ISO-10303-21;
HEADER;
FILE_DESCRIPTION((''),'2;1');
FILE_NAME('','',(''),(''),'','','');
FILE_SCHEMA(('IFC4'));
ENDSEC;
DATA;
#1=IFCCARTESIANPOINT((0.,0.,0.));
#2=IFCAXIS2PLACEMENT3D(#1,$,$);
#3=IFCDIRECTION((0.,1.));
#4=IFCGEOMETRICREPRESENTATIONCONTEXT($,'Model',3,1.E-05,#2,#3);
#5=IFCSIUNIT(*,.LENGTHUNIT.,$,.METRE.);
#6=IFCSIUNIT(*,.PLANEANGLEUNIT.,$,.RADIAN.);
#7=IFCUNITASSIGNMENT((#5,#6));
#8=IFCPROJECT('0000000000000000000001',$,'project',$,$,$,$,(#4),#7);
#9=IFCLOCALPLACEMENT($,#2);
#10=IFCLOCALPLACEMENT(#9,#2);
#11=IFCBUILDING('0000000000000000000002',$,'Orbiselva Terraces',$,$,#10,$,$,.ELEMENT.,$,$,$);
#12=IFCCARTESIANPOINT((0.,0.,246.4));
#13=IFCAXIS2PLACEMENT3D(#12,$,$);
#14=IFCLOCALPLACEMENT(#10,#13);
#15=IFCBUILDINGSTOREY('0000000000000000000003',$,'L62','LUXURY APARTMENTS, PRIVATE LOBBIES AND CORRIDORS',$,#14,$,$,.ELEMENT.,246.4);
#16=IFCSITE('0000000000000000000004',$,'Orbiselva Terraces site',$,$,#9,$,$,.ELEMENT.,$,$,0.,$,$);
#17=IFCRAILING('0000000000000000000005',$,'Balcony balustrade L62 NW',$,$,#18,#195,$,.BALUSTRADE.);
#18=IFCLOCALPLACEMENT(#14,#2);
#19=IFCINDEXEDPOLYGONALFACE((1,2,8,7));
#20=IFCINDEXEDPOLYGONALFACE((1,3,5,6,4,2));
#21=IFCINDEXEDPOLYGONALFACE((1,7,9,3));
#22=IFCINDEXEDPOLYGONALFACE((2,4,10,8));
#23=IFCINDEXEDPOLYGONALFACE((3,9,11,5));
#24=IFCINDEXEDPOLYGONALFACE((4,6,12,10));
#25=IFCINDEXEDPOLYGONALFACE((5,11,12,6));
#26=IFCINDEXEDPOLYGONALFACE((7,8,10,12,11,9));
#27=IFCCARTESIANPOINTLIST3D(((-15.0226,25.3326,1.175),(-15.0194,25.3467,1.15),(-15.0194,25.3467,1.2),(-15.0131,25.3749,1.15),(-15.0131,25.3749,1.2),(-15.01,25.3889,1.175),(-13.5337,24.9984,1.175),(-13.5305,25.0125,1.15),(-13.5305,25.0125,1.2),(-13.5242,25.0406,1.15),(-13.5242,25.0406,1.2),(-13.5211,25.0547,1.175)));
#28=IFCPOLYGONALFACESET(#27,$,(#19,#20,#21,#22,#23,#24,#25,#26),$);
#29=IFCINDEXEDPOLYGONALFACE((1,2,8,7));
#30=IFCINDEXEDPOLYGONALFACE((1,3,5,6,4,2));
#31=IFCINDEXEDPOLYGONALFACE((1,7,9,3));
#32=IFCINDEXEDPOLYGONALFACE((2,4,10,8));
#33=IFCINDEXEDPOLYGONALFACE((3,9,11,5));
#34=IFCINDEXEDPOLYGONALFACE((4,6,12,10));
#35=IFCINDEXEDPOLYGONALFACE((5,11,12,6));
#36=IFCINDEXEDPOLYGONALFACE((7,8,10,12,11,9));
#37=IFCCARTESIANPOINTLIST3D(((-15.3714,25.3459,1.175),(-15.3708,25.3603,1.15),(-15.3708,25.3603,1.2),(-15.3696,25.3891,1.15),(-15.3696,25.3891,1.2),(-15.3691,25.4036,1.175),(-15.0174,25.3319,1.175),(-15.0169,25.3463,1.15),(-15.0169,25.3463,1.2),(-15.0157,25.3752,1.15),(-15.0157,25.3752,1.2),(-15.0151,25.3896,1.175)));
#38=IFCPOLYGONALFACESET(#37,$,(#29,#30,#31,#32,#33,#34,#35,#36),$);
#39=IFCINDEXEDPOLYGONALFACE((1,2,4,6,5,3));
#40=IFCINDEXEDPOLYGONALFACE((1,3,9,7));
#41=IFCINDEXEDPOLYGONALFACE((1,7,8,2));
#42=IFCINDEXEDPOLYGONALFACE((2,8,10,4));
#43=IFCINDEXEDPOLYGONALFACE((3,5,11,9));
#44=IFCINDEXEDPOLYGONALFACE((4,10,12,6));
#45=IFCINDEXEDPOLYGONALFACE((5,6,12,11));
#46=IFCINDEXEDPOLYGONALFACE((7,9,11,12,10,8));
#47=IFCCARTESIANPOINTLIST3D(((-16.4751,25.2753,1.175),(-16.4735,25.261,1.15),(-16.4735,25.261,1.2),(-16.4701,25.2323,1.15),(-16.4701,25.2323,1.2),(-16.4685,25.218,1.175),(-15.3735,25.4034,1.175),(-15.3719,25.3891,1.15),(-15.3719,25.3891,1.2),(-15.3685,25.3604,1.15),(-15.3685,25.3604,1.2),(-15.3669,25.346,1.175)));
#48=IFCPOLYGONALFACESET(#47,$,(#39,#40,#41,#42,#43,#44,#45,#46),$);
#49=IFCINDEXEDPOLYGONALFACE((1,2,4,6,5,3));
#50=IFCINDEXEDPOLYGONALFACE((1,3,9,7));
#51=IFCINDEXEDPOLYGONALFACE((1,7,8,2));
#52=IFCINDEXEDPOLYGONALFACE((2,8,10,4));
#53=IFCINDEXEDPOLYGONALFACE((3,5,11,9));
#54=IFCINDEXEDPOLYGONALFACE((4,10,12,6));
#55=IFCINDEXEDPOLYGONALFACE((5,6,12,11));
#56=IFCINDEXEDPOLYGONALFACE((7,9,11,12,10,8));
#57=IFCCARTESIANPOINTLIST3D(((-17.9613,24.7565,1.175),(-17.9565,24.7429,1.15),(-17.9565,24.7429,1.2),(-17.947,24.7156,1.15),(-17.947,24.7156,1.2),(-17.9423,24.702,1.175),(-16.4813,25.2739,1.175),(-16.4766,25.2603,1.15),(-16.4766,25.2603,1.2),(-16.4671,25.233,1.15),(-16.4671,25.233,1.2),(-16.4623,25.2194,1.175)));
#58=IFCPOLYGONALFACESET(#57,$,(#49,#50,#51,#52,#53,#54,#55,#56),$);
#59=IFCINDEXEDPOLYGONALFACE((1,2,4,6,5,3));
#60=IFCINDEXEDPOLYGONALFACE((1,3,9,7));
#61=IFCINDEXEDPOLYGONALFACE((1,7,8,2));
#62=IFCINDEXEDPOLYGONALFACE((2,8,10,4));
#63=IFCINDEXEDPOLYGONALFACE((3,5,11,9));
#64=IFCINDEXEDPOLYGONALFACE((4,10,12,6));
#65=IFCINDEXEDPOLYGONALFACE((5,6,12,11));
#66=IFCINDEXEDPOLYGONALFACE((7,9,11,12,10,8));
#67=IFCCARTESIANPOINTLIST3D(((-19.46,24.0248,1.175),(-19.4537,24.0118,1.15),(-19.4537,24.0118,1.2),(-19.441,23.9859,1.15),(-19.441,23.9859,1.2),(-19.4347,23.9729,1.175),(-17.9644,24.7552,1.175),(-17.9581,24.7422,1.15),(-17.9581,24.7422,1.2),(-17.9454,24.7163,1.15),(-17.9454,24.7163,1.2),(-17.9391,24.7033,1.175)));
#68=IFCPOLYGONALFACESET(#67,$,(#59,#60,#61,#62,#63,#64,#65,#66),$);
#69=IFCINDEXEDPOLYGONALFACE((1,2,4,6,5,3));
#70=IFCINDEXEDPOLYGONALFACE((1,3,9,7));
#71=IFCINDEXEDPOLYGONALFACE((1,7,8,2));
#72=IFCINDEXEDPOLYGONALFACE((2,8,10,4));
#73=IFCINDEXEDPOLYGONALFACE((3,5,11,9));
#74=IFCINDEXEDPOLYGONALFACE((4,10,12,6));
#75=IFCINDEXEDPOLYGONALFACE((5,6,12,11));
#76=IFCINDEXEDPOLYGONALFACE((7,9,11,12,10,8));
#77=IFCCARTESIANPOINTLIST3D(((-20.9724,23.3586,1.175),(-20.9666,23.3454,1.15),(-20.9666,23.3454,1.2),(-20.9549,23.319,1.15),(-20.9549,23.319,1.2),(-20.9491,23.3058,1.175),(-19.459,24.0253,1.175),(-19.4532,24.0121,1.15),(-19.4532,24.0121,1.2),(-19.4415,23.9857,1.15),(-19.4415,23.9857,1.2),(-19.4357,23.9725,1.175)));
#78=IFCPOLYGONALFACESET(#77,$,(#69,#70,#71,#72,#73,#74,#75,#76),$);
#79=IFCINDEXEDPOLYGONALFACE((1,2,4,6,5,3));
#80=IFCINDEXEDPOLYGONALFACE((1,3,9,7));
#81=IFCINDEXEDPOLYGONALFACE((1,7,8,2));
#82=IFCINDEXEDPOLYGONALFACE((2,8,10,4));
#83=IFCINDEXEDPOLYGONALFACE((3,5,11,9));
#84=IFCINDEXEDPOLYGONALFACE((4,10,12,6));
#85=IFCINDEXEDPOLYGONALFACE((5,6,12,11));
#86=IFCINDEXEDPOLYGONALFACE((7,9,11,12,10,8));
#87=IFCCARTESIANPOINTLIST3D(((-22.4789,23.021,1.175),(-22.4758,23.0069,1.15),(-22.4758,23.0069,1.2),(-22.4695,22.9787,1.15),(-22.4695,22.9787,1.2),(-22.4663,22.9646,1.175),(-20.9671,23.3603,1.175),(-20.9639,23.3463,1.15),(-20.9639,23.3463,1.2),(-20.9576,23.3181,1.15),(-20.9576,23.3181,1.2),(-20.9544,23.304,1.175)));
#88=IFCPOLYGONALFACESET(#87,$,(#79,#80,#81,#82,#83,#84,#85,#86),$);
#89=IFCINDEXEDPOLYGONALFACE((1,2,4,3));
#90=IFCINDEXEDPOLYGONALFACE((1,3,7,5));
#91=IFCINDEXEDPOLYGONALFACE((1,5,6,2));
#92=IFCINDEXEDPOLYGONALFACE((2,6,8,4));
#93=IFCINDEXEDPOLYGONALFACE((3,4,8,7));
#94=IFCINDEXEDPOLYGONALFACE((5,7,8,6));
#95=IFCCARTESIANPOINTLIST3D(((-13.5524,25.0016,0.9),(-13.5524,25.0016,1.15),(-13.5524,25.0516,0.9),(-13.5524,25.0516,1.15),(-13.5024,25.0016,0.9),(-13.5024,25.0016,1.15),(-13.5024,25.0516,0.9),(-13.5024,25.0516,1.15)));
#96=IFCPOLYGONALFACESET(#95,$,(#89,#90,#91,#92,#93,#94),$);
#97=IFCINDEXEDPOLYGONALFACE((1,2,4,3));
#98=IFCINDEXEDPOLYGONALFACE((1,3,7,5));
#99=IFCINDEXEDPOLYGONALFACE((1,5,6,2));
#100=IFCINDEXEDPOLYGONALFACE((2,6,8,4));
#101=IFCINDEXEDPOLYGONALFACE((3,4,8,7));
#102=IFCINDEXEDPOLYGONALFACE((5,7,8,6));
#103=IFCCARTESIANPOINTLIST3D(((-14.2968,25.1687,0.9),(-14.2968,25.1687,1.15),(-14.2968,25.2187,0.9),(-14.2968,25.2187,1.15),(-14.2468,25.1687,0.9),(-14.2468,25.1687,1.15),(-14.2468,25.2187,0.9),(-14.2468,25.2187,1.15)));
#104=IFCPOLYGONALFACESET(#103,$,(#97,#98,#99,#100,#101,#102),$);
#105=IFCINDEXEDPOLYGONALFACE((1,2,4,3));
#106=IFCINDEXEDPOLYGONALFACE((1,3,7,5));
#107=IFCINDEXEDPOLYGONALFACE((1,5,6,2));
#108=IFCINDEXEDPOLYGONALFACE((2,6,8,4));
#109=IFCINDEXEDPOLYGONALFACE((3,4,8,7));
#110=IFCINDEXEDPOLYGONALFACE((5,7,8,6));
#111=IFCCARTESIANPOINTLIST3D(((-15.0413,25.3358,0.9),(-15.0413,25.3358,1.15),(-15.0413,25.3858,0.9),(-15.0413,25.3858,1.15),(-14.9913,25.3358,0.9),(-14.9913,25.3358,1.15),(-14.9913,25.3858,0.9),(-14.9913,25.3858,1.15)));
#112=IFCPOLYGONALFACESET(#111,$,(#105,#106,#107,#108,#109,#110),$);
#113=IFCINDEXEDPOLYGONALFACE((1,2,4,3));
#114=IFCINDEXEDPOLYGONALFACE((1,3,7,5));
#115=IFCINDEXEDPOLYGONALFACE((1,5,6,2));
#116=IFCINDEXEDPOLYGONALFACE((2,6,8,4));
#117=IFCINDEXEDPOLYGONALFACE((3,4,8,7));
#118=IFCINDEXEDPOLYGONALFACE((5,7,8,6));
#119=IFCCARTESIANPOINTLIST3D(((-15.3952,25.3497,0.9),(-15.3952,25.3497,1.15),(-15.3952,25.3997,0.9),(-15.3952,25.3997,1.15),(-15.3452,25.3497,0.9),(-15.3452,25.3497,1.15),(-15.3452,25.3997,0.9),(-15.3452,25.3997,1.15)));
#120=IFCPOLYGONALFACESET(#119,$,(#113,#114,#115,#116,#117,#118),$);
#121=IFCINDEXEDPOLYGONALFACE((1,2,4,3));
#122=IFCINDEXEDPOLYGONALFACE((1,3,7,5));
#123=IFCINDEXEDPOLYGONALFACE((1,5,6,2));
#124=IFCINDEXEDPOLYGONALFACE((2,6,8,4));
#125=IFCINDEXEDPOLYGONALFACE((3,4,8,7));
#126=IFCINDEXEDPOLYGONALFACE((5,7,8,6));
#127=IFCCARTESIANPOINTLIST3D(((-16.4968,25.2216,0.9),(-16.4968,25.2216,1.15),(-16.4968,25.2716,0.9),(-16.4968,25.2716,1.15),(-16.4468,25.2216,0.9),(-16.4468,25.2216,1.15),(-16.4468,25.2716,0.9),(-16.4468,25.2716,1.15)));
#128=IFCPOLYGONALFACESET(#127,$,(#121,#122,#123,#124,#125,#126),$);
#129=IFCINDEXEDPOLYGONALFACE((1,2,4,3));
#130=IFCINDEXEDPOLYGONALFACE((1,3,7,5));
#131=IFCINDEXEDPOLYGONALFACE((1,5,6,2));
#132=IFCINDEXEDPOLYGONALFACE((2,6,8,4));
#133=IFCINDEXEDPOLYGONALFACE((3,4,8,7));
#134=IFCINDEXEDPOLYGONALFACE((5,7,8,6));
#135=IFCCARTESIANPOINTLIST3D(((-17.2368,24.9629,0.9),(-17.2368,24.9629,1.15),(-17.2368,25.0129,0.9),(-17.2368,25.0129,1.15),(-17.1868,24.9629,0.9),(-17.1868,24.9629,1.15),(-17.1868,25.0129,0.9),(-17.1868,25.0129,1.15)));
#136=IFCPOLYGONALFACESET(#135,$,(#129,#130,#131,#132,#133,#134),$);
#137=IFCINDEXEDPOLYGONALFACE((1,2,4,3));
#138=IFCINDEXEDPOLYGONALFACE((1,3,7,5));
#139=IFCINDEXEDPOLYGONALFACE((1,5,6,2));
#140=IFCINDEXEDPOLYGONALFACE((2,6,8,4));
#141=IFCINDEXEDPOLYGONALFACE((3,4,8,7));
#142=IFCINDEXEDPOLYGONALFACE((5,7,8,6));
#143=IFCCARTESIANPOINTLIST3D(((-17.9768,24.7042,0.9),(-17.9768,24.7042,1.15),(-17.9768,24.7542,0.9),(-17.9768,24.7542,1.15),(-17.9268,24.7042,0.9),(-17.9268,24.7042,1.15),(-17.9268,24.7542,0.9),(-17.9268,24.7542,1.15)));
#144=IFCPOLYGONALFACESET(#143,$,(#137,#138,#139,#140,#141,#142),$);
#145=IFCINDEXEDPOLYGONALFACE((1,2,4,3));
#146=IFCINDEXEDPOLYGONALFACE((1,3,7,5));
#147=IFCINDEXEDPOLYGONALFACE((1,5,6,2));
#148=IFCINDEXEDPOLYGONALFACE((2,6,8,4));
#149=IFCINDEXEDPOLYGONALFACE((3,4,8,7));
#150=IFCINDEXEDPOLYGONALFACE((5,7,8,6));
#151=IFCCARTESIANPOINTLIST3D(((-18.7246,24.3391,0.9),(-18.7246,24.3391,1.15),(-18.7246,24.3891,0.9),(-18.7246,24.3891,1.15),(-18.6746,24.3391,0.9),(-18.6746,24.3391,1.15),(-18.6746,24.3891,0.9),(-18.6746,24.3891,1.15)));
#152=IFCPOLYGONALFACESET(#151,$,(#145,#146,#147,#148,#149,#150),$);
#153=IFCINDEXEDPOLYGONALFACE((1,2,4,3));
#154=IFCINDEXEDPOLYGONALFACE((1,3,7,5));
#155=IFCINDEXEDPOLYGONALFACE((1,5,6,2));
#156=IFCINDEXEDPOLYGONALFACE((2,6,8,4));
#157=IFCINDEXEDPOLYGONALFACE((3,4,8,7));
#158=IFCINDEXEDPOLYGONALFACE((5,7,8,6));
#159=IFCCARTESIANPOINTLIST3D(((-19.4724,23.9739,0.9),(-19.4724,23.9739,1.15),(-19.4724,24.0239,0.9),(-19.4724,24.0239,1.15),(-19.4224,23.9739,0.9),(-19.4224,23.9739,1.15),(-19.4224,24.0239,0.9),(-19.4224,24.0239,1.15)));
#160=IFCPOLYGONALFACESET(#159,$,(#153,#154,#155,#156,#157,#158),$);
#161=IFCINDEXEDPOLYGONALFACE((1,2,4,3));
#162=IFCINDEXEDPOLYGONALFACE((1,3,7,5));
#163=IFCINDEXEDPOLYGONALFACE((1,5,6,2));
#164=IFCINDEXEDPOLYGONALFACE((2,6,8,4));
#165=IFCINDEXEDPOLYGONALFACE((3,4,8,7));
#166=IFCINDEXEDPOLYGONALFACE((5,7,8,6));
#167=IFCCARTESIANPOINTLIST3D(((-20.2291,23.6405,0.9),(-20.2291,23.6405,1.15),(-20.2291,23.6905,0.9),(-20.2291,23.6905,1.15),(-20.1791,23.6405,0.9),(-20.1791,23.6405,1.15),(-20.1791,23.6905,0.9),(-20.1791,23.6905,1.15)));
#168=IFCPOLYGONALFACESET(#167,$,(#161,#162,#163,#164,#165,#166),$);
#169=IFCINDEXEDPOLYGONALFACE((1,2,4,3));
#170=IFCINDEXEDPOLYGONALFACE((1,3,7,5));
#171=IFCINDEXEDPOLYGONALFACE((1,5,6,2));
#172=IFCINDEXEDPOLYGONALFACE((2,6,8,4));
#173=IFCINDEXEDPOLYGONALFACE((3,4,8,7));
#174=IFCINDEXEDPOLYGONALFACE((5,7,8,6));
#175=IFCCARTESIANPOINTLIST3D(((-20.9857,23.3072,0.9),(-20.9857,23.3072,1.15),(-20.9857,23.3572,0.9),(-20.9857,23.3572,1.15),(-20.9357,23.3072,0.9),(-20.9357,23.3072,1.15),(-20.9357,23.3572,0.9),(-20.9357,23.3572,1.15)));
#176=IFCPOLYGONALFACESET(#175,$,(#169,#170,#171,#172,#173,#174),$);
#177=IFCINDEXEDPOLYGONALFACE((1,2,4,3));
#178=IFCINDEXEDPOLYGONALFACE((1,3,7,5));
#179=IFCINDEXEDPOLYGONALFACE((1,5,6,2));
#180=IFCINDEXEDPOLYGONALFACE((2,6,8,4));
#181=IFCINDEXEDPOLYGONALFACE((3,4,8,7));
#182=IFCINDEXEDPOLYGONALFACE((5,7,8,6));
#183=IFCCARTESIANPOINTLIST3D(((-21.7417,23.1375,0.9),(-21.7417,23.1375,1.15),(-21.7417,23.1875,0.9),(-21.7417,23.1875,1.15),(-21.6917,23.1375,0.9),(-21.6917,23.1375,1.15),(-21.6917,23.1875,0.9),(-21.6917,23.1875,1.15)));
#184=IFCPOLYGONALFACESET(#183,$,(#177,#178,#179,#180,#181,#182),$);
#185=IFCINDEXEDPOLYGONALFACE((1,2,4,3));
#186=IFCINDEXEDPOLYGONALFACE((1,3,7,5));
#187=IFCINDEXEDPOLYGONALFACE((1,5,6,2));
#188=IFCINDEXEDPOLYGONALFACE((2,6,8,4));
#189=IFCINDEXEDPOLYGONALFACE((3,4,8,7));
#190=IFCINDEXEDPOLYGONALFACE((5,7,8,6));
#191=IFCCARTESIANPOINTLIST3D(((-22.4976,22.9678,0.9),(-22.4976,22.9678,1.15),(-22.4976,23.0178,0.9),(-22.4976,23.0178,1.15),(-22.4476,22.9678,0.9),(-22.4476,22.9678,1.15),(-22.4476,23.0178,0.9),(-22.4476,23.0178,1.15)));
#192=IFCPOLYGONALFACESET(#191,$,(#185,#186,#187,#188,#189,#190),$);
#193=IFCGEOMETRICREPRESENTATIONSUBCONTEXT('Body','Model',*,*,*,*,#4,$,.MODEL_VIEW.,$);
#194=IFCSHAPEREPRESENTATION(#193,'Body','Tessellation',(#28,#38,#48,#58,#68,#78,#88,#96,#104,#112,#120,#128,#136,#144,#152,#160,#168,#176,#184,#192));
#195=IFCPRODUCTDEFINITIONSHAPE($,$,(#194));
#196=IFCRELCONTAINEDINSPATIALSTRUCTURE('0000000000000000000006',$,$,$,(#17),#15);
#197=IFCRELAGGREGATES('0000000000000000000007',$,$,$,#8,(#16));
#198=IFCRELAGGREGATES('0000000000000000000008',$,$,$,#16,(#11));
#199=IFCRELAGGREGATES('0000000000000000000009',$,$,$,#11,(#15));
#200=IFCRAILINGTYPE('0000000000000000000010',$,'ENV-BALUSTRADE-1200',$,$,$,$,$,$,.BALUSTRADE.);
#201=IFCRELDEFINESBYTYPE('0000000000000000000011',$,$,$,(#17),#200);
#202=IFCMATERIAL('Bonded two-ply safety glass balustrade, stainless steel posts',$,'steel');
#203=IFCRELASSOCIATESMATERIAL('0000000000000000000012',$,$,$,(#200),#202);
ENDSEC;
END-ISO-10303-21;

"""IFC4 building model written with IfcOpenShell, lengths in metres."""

from ifc_helpers import new_model, si_unit, direction, frame, origin, origin_2d, place, context, subcontext, project, spatial, polyline, rectangle, outline, extrude, material, type_object, element, save


model = new_model("IFC4")

# Units and contexts
model_context = context("Model", 3, precision=1e-05, world=origin(), true_north=direction((0.0, 1.0)))
body_context = subcontext(model_context, "Body", "Model", "MODEL_VIEW")
ifc_project = project(units=[si_unit("LENGTHUNIT", "METRE"), si_unit("PLANEANGLEUNIT", "RADIAN")], contexts=[model_context])

# Site, building, storey
site_placement = place(None, origin())
site = spatial("IfcSite", under=ifc_project, at=site_placement, Name="Orbiselva Terraces site", CompositionType="ELEMENT", RefElevation=0.0)
building_placement = place(site_placement, origin())
building = spatial("IfcBuilding", under=site, at=building_placement, Name="Orbiselva Terraces", CompositionType="ELEMENT")
storey_placement = place(building_placement, frame((0.0, 0.0, 246.4)))
storey = spatial("IfcBuildingStorey", under=building, at=storey_placement, Name="L62", Description="LUXURY APARTMENTS, PRIVATE LOBBIES AND CORRIDORS", CompositionType="ELEMENT", Elevation=246.4)

# Railing
ifc_material_1 = material(Name="Bonded two-ply safety glass balustrade, stainless steel posts", Category="steel")
railing_type_1 = type_object("IfcRailingType", Name="ENV-BALUSTRADE-1200", PredefinedType="BALUSTRADE", material=ifc_material_1)
railing_1_placement = place(storey_placement, frame((-13.5274, 25.0266, 0.9)))
element("IfcRailing", 1, at=railing_1_placement, inside=storey, type_object=railing_type_1, Name="Balcony balustrade L62 NW", PredefinedType="BALUSTRADE", context=body_context, shape_type="SweptSolid", body=[
    extrude(outline(polyline([(0.0289, 0.0), (0.0144, 0.025), (-0.0144, 0.025), (-0.0289, 0.0), (-0.0144, -0.025), (0.0144, -0.025), (0.0289, 0.0)])), frame((0.0, 0.0, 0.275), z_axis=(-0.975721, 0.219016, 0.0), x_axis=(-0.219016, -0.975721, 0.0)), (0.0, 0.0, 1.0), 1.526),
    extrude(outline(polyline([(0.0289, 0.0), (0.0144, 0.025), (-0.0144, 0.025), (-0.0289, 0.0), (-0.0144, -0.025), (0.0144, -0.025), (0.0289, 0.0)])), frame((-1.4889, 0.3342, 0.275), z_axis=(-0.999225, 0.039364, 0.0), x_axis=(-0.039364, -0.999225, 0.0)), (0.0, 0.0, 1.0), 0.3542),
    extrude(outline(polyline([(0.0289, 0.0), (0.0144, 0.025), (-0.0144, 0.025), (-0.0289, 0.0), (-0.0144, -0.025), (0.0144, -0.025), (0.0289, 0.0)])), frame((-1.8428, 0.3482, 0.275), z_axis=(-0.99331, -0.115481, 0.0), x_axis=(0.115481, -0.99331, 0.0)), (0.0, 0.0, 1.0), 1.109),
    extrude(outline(polyline([(0.0289, 0.0), (0.0144, 0.025), (-0.0144, 0.025), (-0.0289, 0.0), (-0.0144, -0.025), (0.0144, -0.025), (0.0289, 0.0)])), frame((-2.9444, 0.2201, 0.275), z_axis=(-0.943972, -0.330025, 0.0), x_axis=(0.330025, -0.943972, 0.0)), (0.0, 0.0, 1.0), 1.5678),
    extrude(outline(polyline([(0.0289, 0.0), (0.0144, 0.025), (-0.0144, 0.025), (-0.0289, 0.0), (-0.0144, -0.025), (0.0144, -0.025), (0.0289, 0.0)])), frame((-4.4244, -0.2973, 0.275), z_axis=(-0.898579, -0.438812, 0.0), x_axis=(0.438812, -0.898579, 0.0)), (0.0, 0.0, 1.0), 1.6644),
    extrude(outline(polyline([(0.0289, 0.0), (0.0144, 0.025), (-0.0144, 0.025), (-0.0289, 0.0), (-0.0144, -0.025), (0.0144, -0.025), (0.0289, 0.0)])), frame((-5.92, -1.0277, 0.275), z_axis=(-0.915134, -0.403151, 0.0), x_axis=(0.403151, -0.915134, 0.0)), (0.0, 0.0, 1.0), 1.6537),
    extrude(outline(polyline([(0.0289, 0.0), (0.0144, 0.025), (-0.0144, 0.025), (-0.0289, 0.0), (-0.0144, -0.025), (0.0144, -0.025), (0.0289, 0.0)])), frame((-7.4334, -1.6944, 0.275), z_axis=(-0.975721, -0.219016, 0.0), x_axis=(0.219016, -0.975721, 0.0)), (0.0, 0.0, 1.0), 1.5495),
    extrude(rectangle(XDim=0.05, YDim=0.05, at=origin_2d()), origin(), (0.0, 0.0, 1.0), 0.25),
    extrude(rectangle(XDim=0.05, YDim=0.05, at=origin_2d()), frame((-0.7445, 0.1671, 0.0)), (0.0, 0.0, 1.0), 0.25),
    extrude(rectangle(XDim=0.05, YDim=0.05, at=origin_2d()), frame((-1.4889, 0.3342, 0.0)), (0.0, 0.0, 1.0), 0.25),
    extrude(rectangle(XDim=0.05, YDim=0.05, at=origin_2d()), frame((-1.8428, 0.3482, 0.0)), (0.0, 0.0, 1.0), 0.25),
    extrude(rectangle(XDim=0.05, YDim=0.05, at=origin_2d()), frame((-2.9444, 0.2201, 0.0)), (0.0, 0.0, 1.0), 0.25),
    extrude(rectangle(XDim=0.05, YDim=0.05, at=origin_2d()), frame((-3.6844, -0.0386, 0.0)), (0.0, 0.0, 1.0), 0.25),
    extrude(rectangle(XDim=0.05, YDim=0.05, at=origin_2d()), frame((-4.4244, -0.2973, 0.0)), (0.0, 0.0, 1.0), 0.25),
    extrude(rectangle(XDim=0.05, YDim=0.05, at=origin_2d()), frame((-5.1722, -0.6625, 0.0)), (0.0, 0.0, 1.0), 0.25),
    extrude(rectangle(XDim=0.05, YDim=0.05, at=origin_2d()), frame((-5.92, -1.0277, 0.0)), (0.0, 0.0, 1.0), 0.25),
    extrude(rectangle(XDim=0.05, YDim=0.05, at=origin_2d()), frame((-6.6767, -1.361, 0.0)), (0.0, 0.0, 1.0), 0.25),
    extrude(rectangle(XDim=0.05, YDim=0.05, at=origin_2d()), frame((-7.4334, -1.6944, 0.0)), (0.0, 0.0, 1.0), 0.25),
    extrude(rectangle(XDim=0.05, YDim=0.05, at=origin_2d()), frame((-8.1893, -1.8641, 0.0)), (0.0, 0.0, 1.0), 0.25),
    extrude(rectangle(XDim=0.05, YDim=0.05, at=origin_2d()), frame((-8.9452, -2.0338, 0.0)), (0.0, 0.0, 1.0), 0.25),
])

save(model, "model.ifc")
